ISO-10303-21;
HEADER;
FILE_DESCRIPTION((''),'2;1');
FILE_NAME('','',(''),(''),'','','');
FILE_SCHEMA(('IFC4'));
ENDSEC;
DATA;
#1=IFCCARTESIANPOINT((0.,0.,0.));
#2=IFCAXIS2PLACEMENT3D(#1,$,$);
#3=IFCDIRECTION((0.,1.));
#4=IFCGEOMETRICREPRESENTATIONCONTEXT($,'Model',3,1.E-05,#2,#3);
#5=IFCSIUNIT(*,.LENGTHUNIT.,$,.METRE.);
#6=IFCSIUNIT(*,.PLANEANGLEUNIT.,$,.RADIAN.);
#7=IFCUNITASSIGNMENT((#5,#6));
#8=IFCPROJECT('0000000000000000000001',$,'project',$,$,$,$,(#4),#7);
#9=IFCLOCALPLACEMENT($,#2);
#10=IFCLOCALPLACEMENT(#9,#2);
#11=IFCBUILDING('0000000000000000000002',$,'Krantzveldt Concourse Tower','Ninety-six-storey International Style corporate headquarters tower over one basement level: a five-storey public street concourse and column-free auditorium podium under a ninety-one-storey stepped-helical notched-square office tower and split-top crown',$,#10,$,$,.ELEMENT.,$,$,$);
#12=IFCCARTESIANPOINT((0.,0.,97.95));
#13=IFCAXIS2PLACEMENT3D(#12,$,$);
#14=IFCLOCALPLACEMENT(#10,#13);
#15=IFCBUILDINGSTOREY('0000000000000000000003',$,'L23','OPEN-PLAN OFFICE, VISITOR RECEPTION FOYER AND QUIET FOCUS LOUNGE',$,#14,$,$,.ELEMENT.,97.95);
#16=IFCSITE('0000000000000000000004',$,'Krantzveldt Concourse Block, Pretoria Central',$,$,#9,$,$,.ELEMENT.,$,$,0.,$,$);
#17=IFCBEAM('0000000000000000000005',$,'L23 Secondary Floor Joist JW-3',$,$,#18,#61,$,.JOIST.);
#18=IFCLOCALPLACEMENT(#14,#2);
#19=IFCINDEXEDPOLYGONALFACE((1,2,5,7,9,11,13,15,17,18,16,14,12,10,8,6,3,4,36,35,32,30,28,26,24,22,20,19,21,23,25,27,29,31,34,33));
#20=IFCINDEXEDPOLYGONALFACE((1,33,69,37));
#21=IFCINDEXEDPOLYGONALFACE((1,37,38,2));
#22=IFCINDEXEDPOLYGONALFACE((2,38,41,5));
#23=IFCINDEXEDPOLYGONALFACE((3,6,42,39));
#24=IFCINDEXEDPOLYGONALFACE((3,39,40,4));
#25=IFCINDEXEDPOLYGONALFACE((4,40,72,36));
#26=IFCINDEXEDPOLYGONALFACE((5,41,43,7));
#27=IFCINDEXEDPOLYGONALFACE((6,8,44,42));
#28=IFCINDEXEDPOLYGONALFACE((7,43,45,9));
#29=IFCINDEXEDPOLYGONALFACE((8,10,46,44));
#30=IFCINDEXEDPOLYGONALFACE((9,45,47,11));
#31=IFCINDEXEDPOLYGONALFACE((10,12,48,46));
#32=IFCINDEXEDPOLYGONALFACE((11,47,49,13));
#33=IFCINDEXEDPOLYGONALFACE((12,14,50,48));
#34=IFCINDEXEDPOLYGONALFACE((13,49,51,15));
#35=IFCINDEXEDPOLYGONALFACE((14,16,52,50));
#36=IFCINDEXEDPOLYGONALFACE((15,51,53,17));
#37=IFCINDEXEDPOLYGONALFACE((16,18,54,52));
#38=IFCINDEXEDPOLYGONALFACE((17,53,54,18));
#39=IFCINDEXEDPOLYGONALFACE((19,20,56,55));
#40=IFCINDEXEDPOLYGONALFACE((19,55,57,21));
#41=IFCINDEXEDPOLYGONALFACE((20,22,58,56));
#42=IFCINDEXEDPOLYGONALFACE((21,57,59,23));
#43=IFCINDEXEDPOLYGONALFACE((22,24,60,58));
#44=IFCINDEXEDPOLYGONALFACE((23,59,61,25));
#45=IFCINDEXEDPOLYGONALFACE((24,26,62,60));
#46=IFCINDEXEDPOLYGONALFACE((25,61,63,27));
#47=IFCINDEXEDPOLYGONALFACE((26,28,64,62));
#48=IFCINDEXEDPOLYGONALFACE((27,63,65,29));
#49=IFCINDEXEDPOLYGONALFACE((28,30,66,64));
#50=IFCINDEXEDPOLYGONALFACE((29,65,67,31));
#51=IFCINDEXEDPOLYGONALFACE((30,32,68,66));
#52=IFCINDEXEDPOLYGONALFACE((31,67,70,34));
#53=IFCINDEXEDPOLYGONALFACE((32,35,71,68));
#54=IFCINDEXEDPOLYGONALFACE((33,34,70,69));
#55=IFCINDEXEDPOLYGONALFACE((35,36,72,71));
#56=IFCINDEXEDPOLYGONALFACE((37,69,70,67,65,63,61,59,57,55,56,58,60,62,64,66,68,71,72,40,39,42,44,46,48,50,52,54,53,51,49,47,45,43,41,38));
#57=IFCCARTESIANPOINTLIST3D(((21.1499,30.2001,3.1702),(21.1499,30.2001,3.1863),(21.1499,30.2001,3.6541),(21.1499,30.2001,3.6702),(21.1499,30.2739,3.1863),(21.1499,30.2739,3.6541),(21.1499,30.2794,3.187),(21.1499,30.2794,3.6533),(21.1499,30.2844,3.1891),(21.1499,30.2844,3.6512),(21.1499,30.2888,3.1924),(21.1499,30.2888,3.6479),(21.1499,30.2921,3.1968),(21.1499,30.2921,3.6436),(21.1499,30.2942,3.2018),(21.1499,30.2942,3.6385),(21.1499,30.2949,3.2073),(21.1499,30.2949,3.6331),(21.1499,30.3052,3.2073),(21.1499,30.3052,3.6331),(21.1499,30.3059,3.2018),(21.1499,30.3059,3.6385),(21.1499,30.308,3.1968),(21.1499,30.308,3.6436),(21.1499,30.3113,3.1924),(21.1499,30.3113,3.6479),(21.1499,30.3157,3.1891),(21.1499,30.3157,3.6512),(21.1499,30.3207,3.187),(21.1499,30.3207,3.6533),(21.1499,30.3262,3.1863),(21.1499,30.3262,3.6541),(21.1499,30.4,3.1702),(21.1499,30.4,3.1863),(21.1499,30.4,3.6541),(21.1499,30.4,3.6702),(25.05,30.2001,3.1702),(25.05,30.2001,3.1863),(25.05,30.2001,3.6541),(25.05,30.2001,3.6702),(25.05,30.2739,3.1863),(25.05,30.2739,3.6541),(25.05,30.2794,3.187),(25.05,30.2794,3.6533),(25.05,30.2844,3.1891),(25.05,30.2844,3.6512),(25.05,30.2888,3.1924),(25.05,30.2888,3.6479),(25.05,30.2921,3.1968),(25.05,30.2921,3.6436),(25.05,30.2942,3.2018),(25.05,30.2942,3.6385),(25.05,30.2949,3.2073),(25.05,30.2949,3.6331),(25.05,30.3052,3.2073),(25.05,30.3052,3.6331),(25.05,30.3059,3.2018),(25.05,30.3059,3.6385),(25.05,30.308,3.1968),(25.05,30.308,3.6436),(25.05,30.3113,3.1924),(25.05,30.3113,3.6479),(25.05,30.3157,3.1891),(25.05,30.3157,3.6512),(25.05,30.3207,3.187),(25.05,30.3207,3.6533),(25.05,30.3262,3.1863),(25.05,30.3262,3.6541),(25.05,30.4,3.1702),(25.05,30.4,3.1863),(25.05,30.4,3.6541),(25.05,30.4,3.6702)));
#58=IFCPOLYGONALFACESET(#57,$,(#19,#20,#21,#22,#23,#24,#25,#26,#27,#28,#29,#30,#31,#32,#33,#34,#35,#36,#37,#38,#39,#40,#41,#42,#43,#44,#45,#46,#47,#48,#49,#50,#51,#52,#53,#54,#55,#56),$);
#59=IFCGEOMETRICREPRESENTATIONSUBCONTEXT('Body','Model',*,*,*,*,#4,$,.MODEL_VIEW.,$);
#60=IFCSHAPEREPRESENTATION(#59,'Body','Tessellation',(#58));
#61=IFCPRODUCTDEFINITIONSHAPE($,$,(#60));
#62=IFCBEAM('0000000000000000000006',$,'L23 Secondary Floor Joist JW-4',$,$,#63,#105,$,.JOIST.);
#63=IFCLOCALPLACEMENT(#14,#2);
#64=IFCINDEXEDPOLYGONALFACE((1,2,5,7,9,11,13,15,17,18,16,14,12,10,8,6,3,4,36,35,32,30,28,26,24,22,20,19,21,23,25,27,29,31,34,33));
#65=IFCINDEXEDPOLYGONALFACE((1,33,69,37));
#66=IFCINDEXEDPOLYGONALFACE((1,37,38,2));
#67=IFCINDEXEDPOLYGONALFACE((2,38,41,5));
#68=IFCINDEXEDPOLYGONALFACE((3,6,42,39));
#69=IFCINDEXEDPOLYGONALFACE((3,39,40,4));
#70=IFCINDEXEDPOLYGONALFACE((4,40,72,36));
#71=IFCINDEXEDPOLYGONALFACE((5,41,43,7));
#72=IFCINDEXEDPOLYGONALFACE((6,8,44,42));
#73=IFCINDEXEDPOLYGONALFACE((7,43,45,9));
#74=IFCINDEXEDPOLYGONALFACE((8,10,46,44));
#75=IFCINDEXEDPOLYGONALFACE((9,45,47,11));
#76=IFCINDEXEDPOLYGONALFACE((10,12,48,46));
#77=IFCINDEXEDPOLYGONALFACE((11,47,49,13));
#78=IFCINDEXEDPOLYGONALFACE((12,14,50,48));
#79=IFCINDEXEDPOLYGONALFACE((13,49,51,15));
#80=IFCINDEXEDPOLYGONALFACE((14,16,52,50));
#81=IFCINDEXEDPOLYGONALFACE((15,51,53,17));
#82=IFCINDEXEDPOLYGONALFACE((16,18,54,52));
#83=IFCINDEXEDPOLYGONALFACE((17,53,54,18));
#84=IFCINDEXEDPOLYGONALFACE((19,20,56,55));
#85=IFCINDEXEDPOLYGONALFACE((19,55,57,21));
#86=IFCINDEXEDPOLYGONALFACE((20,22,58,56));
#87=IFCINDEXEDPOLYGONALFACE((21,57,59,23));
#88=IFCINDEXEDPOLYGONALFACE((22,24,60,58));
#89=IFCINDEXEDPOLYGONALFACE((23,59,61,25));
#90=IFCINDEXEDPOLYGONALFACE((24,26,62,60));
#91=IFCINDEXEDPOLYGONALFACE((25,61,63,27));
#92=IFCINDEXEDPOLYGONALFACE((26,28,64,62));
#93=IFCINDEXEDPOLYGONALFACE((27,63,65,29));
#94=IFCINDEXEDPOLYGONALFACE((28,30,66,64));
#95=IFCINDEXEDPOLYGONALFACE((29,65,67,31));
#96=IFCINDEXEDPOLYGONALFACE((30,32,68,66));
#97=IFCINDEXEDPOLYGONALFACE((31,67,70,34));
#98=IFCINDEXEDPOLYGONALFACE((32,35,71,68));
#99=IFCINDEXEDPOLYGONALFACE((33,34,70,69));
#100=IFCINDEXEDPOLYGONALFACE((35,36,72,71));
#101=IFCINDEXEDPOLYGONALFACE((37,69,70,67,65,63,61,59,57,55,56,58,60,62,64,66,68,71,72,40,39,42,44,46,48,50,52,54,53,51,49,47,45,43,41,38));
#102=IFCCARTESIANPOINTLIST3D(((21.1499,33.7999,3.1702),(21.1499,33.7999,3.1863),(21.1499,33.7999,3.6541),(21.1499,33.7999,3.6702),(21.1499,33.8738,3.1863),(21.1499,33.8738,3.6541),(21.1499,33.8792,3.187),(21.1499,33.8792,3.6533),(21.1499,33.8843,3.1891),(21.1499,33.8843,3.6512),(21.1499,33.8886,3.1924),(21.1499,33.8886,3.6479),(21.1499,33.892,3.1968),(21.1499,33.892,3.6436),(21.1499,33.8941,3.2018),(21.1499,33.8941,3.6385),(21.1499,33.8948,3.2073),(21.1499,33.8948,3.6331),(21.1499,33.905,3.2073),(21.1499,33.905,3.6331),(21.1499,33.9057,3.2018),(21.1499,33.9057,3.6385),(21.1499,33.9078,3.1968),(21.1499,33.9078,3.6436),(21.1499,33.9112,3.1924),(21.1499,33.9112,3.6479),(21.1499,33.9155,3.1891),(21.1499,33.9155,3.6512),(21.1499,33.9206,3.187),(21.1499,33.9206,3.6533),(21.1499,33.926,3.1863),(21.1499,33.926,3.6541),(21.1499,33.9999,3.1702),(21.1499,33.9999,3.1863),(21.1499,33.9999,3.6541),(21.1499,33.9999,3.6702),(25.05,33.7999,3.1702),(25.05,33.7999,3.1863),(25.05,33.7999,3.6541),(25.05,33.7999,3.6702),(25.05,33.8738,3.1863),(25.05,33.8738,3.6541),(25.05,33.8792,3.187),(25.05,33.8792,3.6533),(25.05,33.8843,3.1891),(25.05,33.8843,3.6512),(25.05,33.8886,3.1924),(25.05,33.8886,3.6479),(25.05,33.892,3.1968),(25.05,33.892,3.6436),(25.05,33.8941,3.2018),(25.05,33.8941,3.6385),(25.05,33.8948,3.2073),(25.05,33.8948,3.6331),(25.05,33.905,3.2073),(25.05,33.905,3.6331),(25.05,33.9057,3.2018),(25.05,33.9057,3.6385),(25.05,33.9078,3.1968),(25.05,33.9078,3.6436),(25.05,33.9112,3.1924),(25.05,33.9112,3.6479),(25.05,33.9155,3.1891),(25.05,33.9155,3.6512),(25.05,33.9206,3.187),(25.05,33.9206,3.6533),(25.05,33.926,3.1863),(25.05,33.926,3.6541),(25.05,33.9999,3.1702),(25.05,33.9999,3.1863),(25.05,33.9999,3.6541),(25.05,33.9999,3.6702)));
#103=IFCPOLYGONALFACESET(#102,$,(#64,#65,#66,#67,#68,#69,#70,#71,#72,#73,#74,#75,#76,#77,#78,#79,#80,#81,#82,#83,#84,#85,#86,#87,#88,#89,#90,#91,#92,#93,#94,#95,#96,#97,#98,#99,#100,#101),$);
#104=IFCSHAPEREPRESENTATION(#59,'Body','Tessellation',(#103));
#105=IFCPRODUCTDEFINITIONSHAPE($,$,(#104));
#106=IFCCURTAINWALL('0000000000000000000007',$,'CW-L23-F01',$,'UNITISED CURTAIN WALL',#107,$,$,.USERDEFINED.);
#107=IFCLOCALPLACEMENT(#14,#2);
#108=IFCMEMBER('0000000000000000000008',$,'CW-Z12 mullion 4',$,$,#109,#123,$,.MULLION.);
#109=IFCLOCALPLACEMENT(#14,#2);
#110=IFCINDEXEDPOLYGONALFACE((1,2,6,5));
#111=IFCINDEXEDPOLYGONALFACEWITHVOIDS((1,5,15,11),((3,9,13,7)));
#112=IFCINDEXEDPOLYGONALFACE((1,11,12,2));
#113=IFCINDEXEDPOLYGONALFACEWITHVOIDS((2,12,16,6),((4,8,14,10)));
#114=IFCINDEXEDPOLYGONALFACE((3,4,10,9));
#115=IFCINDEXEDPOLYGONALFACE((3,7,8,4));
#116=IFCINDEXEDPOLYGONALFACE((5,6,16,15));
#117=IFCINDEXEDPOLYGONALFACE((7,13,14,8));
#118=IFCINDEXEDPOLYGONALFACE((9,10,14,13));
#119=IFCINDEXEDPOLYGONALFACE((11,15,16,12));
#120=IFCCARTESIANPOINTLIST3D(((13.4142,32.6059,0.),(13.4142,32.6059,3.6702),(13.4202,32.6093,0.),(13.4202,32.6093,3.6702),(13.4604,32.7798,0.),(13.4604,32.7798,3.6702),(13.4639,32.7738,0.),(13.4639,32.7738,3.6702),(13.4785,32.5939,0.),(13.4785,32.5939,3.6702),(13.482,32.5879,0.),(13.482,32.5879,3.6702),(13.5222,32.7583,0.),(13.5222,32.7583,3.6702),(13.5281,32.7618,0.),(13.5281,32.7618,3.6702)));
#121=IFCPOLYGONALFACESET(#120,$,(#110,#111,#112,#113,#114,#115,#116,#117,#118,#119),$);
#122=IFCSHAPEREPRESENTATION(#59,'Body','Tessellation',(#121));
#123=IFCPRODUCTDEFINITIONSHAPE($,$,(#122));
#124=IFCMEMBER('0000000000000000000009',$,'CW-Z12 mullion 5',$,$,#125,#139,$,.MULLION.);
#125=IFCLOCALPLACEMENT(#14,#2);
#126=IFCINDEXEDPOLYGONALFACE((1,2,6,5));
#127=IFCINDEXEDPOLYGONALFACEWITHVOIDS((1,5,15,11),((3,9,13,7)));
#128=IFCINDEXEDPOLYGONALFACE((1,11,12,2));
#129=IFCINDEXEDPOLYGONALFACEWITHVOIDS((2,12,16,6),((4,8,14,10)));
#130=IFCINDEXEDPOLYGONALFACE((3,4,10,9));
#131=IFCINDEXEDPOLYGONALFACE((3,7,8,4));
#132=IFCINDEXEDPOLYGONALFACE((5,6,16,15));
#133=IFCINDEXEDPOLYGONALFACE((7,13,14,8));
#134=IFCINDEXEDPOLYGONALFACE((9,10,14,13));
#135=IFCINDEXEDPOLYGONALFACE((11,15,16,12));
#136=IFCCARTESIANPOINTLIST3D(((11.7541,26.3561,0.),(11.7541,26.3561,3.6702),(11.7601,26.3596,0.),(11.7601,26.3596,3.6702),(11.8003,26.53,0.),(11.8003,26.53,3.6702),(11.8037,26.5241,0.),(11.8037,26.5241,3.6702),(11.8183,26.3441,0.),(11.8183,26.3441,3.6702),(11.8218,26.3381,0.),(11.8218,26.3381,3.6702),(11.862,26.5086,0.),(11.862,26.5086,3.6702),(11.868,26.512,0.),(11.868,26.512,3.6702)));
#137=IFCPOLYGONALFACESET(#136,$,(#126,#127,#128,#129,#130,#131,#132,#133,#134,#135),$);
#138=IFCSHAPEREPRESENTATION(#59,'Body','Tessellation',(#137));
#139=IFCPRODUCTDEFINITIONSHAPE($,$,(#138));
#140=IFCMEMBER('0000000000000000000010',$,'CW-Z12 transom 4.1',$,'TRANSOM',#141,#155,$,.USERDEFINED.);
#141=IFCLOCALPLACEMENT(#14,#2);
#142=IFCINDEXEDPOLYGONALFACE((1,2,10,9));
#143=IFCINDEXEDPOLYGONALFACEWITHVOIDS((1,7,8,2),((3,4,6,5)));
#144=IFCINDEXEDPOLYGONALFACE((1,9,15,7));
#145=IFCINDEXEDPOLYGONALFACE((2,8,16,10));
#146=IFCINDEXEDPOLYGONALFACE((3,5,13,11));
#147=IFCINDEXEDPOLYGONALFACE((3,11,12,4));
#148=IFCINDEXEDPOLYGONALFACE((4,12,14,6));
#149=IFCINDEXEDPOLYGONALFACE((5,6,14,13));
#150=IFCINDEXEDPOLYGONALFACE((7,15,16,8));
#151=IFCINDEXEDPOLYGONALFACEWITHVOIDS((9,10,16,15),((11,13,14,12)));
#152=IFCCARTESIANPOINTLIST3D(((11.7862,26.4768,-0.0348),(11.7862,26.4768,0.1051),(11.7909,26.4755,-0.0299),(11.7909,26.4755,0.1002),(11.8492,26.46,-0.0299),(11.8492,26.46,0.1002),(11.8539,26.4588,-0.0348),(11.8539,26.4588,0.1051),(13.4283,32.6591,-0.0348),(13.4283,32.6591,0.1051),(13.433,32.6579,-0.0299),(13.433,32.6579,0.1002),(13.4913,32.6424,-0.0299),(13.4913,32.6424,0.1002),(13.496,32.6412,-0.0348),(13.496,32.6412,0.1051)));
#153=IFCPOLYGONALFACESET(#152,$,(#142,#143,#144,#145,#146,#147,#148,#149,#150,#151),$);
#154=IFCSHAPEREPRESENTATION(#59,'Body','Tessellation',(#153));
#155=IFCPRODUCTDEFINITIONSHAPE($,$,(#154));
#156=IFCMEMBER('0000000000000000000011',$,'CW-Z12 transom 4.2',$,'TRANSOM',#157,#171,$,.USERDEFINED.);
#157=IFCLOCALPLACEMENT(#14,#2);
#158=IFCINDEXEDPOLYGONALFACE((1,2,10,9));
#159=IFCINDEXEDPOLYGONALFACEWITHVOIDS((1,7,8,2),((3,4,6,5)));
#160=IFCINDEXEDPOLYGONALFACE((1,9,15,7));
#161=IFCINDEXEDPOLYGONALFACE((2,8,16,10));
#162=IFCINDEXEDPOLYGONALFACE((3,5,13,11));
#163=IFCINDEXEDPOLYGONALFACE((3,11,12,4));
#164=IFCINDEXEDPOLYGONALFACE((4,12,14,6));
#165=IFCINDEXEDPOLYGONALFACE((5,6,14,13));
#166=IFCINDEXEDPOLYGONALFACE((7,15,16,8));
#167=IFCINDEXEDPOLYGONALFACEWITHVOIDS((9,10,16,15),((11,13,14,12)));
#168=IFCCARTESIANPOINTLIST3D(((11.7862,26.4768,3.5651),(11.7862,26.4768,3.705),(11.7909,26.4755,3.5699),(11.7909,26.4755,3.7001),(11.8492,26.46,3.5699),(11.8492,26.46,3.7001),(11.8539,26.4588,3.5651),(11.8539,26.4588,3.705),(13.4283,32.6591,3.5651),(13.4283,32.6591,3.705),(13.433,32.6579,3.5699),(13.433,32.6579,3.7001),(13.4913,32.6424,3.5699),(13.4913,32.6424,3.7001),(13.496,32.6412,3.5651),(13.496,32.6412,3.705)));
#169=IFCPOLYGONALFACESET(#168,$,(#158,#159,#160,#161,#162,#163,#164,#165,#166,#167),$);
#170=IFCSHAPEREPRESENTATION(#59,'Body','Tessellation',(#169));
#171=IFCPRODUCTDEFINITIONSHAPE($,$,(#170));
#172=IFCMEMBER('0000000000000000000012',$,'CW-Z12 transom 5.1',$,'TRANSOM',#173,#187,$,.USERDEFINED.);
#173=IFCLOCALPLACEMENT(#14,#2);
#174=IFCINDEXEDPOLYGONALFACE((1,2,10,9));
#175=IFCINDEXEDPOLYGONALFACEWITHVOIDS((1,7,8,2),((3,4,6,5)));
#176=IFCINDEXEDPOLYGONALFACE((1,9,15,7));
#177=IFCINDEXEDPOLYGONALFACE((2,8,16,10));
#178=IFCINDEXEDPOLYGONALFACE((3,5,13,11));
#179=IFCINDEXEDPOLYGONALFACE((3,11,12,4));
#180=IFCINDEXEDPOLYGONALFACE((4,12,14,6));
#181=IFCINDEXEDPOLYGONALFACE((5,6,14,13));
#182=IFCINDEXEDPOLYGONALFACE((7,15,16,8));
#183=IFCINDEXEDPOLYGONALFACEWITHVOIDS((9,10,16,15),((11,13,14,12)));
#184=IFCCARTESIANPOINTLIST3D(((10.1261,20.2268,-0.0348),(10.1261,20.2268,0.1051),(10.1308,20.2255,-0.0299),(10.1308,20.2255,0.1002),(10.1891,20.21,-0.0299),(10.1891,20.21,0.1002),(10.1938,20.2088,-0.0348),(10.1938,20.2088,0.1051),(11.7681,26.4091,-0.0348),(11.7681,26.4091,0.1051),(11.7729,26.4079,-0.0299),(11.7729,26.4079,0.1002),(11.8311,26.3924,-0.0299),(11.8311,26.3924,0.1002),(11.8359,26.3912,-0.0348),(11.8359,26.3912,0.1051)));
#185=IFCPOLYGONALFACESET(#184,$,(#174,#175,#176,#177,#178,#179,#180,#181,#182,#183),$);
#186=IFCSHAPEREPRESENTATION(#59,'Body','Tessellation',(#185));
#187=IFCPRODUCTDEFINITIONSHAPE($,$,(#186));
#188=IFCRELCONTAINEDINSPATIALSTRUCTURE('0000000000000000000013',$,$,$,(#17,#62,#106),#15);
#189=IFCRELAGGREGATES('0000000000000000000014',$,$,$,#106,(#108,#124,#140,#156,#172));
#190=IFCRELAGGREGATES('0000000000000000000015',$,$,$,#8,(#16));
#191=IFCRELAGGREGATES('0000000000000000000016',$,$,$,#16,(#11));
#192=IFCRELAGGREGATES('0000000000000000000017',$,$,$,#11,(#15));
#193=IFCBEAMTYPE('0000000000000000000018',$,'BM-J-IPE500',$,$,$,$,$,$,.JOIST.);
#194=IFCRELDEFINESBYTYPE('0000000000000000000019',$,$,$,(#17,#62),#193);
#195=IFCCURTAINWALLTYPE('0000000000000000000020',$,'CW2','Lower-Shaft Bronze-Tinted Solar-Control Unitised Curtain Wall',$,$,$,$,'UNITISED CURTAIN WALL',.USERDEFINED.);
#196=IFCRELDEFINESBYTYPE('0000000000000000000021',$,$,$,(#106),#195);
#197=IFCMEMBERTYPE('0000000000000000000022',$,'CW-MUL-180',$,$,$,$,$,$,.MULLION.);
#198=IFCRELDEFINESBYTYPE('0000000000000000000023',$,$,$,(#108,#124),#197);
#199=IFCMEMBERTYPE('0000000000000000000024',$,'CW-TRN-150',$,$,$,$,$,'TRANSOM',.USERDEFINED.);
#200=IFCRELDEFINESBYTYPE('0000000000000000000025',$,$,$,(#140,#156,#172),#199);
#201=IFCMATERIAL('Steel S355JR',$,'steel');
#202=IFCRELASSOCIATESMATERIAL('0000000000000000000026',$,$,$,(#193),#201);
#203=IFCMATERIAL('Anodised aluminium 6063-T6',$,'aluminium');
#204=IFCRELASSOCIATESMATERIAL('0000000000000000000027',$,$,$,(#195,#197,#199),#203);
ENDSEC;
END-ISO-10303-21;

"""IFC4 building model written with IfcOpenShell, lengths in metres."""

from ifc_helpers import new_model, si_unit, direction, frame, origin, origin_2d, place, context, subcontext, project, spatial, hollow_rectangle, i_section, extrude, source, transform, mapped, material, material_profile, profile_set, type_object, type_shapes, element, aggregate, save


model = new_model("IFC4")

# Units and contexts
model_context = context("Model", 3, precision=1e-05, world=origin(), true_north=direction((0.0, 1.0)))
body_context = subcontext(model_context, "Body", "Model", "MODEL_VIEW")
ifc_project = project(units=[si_unit("LENGTHUNIT", "METRE"), si_unit("PLANEANGLEUNIT", "RADIAN")], contexts=[model_context])

# Site, building, storey
site_placement = place(None, origin())
site = spatial("IfcSite", under=ifc_project, at=site_placement, Name="Krantzveldt Concourse Block, Pretoria Central", CompositionType="ELEMENT", RefElevation=0.0)
building_placement = place(site_placement, origin())
building = spatial("IfcBuilding", under=site, at=building_placement, Name="Krantzveldt Concourse Tower", Description="Ninety-six-storey International Style corporate headquarters tower over one basement level: a five-storey public street concourse and column-free auditorium podium under a ninety-one-storey stepped-helical notched-square office tower and split-top crown", CompositionType="ELEMENT")
storey_placement = place(building_placement, frame((0.0, 0.0, 97.95)))
storey = spatial("IfcBuildingStorey", under=building, at=storey_placement, Name="L23", Description="OPEN-PLAN OFFICE, VISITOR RECEPTION FOYER AND QUIET FOCUS LOUNGE", CompositionType="ELEMENT", Elevation=97.95)

# Beams
ifc_material_1 = material(Name="Steel S355JR", Category="steel")
ifc_material_profile_1 = material_profile(ifc_material_1, i_section(OverallWidth=0.2, OverallDepth=0.5, WebThickness=0.0103, FlangeThickness=0.0161, FilletRadius=0.021, at=origin_2d()), Name="Steel S355JR", Category="steel")
ifc_profile_set_1 = profile_set([ifc_material_profile_1], Name="Steel S355JR - IPE 500")
beam_type_1 = type_object("IfcBeamType", Name="BM-J-IPE500", PredefinedType="JOIST", material=ifc_profile_set_1)
shared_shape_1 = source(origin(), body_context, "Body", "SweptSolid", [
    extrude(i_section(OverallWidth=0.2, OverallDepth=0.5, WebThickness=0.0103, FlangeThickness=0.0161, FilletRadius=0.021, at=origin_2d()), origin(), (0.0, 0.0, 1.0), 3.9001),
])
type_shapes(beam_type_1, [shared_shape_1])
for number, where, z_axis, x_axis, name in (
    (1, (21.1499, 30.3, 3.4202), (1.0, 0.0, 0.0), (0.0, 1.0, 0.0), "L23 Secondary Floor Joist JW-3"),
    (2, (21.1499, 33.8999, 3.4202), (1.0, 0.0, 0.0), (0.0, 1.0, 0.0), "L23 Secondary Floor Joist JW-4"),
):
    element("IfcBeam", number, at=place(storey_placement, frame(where, z_axis=z_axis, x_axis=x_axis)), inside=storey, type_object=beam_type_1, Name=name, PredefinedType="JOIST", context=body_context, shape_type="MappedRepresentation", body=[
        mapped(shared_shape_1, transform((0.0, 0.0, 0.0), x_axis=(1.0, 0.0, 0.0), y_axis=(0.0, 1.0, 0.0), z_axis=(0.0, 0.0, 1.0), scale=1.0)),
    ])

# Curtain wall, members
ifc_material_2 = material(Name="Anodised aluminium 6063-T6", Category="aluminium")
curtain_wall_type = type_object("IfcCurtainWallType", Name="CW2", Description="Lower-Shaft Bronze-Tinted Solar-Control Unitised Curtain Wall", ElementType="UNITISED CURTAIN WALL", PredefinedType="USERDEFINED", material=ifc_material_2)
curtain_wall_placement = place(storey_placement, origin())
curtain_wall = element("IfcCurtainWall", 3, at=curtain_wall_placement, inside=storey, type_object=curtain_wall_type, Name="CW-L23-F01", ObjectType="UNITISED CURTAIN WALL", PredefinedType="USERDEFINED")
ifc_material_profile_2 = material_profile(ifc_material_2, hollow_rectangle(XDim=0.0701, YDim=0.1799, WallThickness=0.0049, at=origin_2d()), Name="Anodised aluminium 6063-T6", Category="aluminium")
ifc_profile_set_2 = profile_set([ifc_material_profile_2], Name="Anodised aluminium 6063-T6 - ALU-MULL 180x70x5")
member_type_1 = type_object("IfcMemberType", Name="CW-MUL-180", PredefinedType="MULLION", material=ifc_profile_set_2)
shared_shape_2 = source(origin(), body_context, "Body", "SweptSolid", [
    extrude(hollow_rectangle(XDim=0.0701, YDim=0.1799, WallThickness=0.0049, at=origin_2d()), origin(), (0.0, 0.0, 1.0), 3.6702),
])
type_shapes(member_type_1, [shared_shape_2])
member_1_placement = place(storey_placement, frame((13.4712, 32.6838, 0.0), z_axis=(0.0, 0.0, 1.0), x_axis=(0.966488, -0.256711, 0.0)))
member_1 = element("IfcMember", 4, at=member_1_placement, type_object=member_type_1, Name="CW-Z12 mullion 4", PredefinedType="MULLION", context=body_context, shape_type="MappedRepresentation", body=[
    mapped(shared_shape_2, transform((0.0, 0.0, 0.0), x_axis=(1.0, 0.0, 0.0), y_axis=(0.0, 1.0, 0.0), z_axis=(0.0, 0.0, 1.0), scale=1.0)),
])
member_2_placement = place(storey_placement, frame((11.811, 26.4341, 0.0), z_axis=(0.0, 0.0, 1.0), x_axis=(0.966488, -0.256711, 0.0)))
member_2 = element("IfcMember", 5, at=member_2_placement, type_object=member_type_1, Name="CW-Z12 mullion 5", PredefinedType="MULLION", context=body_context, shape_type="MappedRepresentation", body=[
    mapped(shared_shape_2, transform((0.0, 0.0, 0.0), x_axis=(1.0, 0.0, 0.0), y_axis=(0.0, 1.0, 0.0), z_axis=(0.0, 0.0, 1.0), scale=1.0)),
])
ifc_material_profile_3 = material_profile(ifc_material_2, hollow_rectangle(XDim=0.0701, YDim=0.1399, WallThickness=0.0049, at=origin_2d()), Name="Anodised aluminium 6063-T6", Category="aluminium")
ifc_profile_set_3 = profile_set([ifc_material_profile_3], Name="Anodised aluminium 6063-T6 - ALU-TRAN 140x70x5")
member_type_2 = type_object("IfcMemberType", Name="CW-TRN-150", ElementType="TRANSOM", PredefinedType="USERDEFINED", material=ifc_profile_set_3)
shared_shape_3 = source(origin(), body_context, "Body", "SweptSolid", [
    extrude(hollow_rectangle(XDim=0.0701, YDim=0.1399, WallThickness=0.0049, at=origin_2d()), origin(), (0.0, 0.0, 1.0), 6.3967),
])
type_shapes(member_type_2, [shared_shape_3])
member_3_placement = place(storey_placement, frame((13.4622, 32.6501, 0.0352), z_axis=(-0.256708, -0.966489, 0.0), x_axis=(0.966489, -0.256708, 0.0)))
member_3 = element("IfcMember", 6, at=member_3_placement, type_object=member_type_2, Name="CW-Z12 transom 4.1", ObjectType="TRANSOM", PredefinedType="USERDEFINED", context=body_context, shape_type="MappedRepresentation", body=[
    mapped(shared_shape_3, transform((0.0, 0.0, 0.0), x_axis=(1.0, 0.0, 0.0), y_axis=(0.0, 1.0, 0.0), z_axis=(0.0, 0.0, 1.0), scale=1.0)),
])
member_4_placement = place(storey_placement, frame((13.4622, 32.6501, 3.635), z_axis=(-0.256708, -0.966489, 0.0), x_axis=(0.966489, -0.256708, 0.0)))
member_4 = element("IfcMember", 7, at=member_4_placement, type_object=member_type_2, Name="CW-Z12 transom 4.2", ObjectType="TRANSOM", PredefinedType="USERDEFINED", context=body_context, shape_type="MappedRepresentation", body=[
    mapped(shared_shape_3, transform((0.0, 0.0, 0.0), x_axis=(1.0, 0.0, 0.0), y_axis=(0.0, 1.0, 0.0), z_axis=(0.0, 0.0, 1.0), scale=1.0)),
])
member_5_placement = place(storey_placement, frame((11.802, 26.4001, 0.0352), z_axis=(-0.256708, -0.966489, 0.0), x_axis=(0.966489, -0.256708, 0.0)))
member_5 = element("IfcMember", 8, at=member_5_placement, type_object=member_type_2, Name="CW-Z12 transom 5.1", ObjectType="TRANSOM", PredefinedType="USERDEFINED", context=body_context, shape_type="MappedRepresentation", body=[
    mapped(shared_shape_3, transform((0.0, 0.0, 0.0), x_axis=(1.0, 0.0, 0.0), y_axis=(0.0, 1.0, 0.0), z_axis=(0.0, 0.0, 1.0), scale=1.0)),
])
aggregate(curtain_wall, [member_1, member_2, member_3, member_4, member_5])

save(model, "model.ifc")
